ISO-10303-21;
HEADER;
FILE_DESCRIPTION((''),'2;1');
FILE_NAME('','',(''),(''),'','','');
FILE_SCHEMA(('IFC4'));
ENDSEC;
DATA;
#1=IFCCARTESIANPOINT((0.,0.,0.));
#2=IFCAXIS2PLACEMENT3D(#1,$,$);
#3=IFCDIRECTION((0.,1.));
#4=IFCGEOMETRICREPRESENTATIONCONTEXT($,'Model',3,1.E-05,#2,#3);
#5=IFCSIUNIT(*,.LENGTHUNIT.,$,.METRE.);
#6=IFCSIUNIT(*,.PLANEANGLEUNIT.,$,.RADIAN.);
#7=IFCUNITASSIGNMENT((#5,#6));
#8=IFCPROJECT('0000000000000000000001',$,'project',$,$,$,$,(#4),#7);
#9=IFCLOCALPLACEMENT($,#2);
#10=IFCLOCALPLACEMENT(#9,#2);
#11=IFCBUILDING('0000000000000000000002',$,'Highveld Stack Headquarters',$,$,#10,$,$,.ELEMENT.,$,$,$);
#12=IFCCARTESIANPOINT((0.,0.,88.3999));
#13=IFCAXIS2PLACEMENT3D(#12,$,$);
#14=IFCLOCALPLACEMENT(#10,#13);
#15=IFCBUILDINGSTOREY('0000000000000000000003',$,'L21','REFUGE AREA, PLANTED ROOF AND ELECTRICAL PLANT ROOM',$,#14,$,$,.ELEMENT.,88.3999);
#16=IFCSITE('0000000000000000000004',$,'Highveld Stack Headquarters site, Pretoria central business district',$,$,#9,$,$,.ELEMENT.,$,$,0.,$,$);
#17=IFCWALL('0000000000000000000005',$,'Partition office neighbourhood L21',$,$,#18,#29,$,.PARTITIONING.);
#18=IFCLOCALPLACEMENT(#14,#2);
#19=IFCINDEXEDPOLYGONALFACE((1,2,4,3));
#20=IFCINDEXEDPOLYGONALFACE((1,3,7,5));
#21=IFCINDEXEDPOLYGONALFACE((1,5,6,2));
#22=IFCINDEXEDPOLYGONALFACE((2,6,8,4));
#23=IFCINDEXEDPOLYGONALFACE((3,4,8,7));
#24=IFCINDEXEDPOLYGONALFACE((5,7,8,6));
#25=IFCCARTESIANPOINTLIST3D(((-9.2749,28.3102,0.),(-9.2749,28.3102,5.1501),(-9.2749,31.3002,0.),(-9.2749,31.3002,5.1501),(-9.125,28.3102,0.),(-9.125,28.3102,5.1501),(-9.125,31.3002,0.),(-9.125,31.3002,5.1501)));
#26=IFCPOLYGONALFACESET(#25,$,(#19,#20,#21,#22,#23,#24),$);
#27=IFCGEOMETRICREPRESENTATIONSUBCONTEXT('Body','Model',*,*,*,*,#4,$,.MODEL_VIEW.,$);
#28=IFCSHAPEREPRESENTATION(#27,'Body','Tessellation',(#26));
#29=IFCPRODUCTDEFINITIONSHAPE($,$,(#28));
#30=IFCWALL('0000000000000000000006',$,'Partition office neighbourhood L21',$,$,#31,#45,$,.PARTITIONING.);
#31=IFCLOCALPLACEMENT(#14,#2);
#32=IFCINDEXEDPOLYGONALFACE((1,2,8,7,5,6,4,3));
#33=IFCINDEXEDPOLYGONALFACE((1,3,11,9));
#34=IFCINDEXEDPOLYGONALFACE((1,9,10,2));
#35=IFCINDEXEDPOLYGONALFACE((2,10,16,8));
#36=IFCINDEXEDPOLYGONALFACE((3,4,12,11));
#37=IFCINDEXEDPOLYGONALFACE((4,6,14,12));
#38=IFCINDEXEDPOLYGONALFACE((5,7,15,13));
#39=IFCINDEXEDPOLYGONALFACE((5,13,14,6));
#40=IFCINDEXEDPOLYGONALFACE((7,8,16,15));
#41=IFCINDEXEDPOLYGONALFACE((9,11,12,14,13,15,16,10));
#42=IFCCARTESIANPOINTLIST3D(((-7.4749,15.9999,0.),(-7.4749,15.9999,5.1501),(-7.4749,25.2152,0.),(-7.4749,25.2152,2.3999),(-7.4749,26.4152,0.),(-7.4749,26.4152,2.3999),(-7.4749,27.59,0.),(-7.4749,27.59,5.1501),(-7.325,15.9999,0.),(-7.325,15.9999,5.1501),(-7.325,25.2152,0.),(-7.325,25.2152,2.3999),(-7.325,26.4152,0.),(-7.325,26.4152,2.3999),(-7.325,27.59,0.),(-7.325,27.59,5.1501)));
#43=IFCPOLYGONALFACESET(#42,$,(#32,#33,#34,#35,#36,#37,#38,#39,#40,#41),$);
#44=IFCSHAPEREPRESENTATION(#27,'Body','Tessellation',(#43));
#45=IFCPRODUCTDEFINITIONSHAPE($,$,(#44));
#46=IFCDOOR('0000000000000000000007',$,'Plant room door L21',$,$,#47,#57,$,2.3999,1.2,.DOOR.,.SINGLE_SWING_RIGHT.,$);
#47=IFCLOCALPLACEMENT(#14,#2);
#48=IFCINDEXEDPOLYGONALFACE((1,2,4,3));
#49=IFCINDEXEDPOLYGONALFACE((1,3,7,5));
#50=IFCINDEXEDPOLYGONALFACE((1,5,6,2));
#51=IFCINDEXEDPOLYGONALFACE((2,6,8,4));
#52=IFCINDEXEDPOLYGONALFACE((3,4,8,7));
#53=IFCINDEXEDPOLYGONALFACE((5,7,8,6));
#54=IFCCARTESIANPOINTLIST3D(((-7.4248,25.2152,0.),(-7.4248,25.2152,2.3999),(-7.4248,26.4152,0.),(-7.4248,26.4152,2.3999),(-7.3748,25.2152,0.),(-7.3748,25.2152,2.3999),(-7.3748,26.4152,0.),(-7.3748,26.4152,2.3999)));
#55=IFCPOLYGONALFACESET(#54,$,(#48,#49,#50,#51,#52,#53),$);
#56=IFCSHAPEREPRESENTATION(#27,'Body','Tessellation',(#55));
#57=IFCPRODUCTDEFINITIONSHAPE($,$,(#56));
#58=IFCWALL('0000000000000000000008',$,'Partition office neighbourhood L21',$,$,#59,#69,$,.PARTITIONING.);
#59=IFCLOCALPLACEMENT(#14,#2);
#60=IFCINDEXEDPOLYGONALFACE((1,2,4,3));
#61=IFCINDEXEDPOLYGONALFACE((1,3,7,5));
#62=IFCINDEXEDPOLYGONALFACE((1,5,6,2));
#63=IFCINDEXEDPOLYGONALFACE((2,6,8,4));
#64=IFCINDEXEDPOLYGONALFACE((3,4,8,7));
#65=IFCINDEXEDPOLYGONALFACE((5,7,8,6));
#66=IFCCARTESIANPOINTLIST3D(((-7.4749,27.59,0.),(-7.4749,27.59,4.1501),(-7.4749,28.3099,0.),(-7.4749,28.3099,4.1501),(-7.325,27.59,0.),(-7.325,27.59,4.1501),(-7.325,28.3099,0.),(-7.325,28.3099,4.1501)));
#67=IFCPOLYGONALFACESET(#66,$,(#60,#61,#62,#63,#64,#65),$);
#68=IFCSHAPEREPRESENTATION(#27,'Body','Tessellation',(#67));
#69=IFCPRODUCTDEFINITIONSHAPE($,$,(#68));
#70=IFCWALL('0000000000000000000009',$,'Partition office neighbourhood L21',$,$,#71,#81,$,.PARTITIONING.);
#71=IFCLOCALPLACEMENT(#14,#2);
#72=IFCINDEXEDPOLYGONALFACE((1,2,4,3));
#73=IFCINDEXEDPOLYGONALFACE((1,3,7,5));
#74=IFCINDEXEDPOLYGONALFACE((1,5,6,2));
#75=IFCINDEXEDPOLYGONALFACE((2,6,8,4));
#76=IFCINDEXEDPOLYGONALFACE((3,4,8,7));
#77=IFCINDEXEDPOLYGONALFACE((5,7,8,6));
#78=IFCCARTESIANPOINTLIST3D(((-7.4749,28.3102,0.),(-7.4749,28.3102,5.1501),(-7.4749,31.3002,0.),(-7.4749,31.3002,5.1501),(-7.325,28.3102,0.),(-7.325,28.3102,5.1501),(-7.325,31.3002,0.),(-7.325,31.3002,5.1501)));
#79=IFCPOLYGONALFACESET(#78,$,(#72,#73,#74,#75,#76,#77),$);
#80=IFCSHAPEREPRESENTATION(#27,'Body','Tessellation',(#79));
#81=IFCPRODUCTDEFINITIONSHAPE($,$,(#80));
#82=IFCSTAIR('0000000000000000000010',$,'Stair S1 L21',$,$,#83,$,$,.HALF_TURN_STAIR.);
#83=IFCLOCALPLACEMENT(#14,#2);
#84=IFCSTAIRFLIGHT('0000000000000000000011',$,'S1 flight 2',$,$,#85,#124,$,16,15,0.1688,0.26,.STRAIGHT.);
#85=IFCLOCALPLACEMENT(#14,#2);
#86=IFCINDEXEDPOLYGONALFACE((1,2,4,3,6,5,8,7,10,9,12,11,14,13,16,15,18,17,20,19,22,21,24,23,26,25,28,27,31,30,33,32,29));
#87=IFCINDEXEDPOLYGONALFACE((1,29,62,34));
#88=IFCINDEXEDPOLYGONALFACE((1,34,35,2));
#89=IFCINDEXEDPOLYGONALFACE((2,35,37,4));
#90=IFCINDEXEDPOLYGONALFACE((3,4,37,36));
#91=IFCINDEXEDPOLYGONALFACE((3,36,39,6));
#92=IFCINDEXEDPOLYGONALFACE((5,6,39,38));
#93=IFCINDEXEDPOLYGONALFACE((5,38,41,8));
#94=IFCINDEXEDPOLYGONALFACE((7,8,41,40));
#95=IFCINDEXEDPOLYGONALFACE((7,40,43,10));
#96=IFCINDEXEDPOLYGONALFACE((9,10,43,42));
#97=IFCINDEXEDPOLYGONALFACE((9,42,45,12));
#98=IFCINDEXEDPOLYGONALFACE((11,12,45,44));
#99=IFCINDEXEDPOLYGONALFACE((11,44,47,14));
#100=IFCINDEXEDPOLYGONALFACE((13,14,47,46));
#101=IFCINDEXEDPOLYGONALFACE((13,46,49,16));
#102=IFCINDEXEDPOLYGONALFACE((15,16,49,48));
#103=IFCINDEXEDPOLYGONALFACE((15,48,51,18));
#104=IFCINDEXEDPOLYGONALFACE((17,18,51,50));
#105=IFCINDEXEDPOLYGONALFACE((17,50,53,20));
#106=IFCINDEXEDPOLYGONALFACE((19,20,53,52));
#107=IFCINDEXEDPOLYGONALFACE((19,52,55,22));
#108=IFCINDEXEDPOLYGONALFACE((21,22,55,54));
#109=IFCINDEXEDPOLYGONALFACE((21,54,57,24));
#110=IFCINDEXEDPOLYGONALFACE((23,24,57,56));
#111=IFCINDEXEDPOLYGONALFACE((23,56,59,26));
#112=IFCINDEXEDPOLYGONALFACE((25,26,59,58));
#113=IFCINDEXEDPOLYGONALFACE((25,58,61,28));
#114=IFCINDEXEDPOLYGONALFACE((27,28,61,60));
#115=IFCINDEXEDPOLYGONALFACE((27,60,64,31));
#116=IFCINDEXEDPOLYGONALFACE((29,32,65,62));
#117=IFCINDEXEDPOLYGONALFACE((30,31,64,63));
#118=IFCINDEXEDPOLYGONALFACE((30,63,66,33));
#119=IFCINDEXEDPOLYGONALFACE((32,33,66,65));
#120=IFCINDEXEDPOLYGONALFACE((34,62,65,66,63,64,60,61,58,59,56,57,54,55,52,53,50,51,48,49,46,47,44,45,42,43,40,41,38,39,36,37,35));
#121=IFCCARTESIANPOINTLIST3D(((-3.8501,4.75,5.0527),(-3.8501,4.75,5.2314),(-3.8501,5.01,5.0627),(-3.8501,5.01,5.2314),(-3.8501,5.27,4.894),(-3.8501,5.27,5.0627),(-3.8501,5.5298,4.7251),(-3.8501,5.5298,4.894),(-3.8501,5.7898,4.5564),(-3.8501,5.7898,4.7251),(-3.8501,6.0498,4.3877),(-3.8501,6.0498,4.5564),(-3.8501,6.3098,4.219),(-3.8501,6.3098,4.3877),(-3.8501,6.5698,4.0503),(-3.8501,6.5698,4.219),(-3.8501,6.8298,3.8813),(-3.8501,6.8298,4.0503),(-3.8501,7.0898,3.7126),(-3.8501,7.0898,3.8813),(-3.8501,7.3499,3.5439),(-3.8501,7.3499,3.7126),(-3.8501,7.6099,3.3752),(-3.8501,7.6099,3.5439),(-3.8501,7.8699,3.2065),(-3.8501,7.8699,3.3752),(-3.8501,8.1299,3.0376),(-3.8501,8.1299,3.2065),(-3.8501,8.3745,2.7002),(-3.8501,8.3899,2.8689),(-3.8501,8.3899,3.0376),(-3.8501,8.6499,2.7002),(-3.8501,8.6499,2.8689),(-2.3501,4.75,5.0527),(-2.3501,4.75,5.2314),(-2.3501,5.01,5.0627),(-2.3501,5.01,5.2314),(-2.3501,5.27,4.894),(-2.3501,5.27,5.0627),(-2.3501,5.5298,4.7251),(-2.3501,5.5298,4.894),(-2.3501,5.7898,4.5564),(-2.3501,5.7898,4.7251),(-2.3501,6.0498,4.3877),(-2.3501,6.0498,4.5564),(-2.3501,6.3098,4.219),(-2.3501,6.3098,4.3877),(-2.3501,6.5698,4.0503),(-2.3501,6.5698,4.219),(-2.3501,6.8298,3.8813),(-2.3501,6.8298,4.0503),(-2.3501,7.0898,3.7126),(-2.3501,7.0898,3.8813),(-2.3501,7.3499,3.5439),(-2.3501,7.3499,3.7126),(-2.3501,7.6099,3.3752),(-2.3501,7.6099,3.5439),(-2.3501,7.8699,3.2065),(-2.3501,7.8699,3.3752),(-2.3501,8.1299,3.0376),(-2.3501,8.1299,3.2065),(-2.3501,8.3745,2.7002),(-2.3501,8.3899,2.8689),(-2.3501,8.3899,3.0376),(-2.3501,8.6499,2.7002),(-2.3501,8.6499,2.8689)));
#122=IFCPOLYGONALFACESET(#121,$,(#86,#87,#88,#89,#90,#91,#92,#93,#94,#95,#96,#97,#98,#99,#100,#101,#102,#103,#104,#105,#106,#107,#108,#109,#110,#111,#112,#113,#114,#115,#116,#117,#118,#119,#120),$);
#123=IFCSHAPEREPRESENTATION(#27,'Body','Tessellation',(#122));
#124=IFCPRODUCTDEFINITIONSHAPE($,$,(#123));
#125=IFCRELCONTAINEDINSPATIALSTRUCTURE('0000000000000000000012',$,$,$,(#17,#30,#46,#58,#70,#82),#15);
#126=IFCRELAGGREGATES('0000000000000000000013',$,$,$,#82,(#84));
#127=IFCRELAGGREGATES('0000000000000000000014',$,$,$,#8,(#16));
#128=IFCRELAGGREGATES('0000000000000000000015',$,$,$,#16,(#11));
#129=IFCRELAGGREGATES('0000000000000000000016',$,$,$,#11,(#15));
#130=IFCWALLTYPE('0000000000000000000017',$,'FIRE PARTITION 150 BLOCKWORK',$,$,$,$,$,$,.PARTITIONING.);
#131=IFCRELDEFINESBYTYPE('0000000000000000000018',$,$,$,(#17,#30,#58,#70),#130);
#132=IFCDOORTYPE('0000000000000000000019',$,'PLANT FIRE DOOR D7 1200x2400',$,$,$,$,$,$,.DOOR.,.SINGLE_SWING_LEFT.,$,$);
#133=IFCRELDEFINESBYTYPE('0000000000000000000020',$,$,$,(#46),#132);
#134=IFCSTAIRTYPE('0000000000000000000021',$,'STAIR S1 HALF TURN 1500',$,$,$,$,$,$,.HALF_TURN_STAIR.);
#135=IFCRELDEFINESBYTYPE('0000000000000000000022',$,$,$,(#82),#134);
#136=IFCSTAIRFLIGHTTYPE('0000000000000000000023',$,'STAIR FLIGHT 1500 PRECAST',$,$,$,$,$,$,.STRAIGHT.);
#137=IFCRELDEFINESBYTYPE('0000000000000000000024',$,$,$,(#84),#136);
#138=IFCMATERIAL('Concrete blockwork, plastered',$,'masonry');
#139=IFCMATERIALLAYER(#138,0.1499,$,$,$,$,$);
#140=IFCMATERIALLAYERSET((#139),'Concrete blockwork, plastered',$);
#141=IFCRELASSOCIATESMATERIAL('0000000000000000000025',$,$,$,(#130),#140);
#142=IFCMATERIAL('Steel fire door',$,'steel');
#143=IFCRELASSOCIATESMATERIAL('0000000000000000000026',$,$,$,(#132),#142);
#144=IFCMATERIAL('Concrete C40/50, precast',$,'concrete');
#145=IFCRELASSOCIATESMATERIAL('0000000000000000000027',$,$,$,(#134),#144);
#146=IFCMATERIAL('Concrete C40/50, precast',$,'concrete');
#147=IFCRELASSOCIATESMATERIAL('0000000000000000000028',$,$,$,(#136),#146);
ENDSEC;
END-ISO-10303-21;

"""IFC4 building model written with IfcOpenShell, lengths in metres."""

from ifc_helpers import new_model, si_unit, direction, frame, frame_2d, origin, place, context, subcontext, project, spatial, polyline, rectangle, outline, extrude, material, layer, layer_set, type_object, element, fill, aggregate, save


model = new_model("IFC4")

# Units and contexts
model_context = context("Model", 3, precision=1e-05, world=origin(), true_north=direction((0.0, 1.0)))
body_context = subcontext(model_context, "Body", "Model", "MODEL_VIEW")
ifc_project = project(units=[si_unit("LENGTHUNIT", "METRE"), si_unit("PLANEANGLEUNIT", "RADIAN")], contexts=[model_context])

# Site, building, storey
site_placement = place(None, origin())
site = spatial("IfcSite", under=ifc_project, at=site_placement, Name="Highveld Stack Headquarters site, Pretoria central business district", CompositionType="ELEMENT", RefElevation=0.0)
building_placement = place(site_placement, origin())
building = spatial("IfcBuilding", under=site, at=building_placement, Name="Highveld Stack Headquarters", CompositionType="ELEMENT")
storey_placement = place(building_placement, frame((0.0, 0.0, 88.3999)))
storey = spatial("IfcBuildingStorey", under=building, at=storey_placement, Name="L21", Description="REFUGE AREA, PLANTED ROOF AND ELECTRICAL PLANT ROOM", CompositionType="ELEMENT", Elevation=88.3999)

# Shared definitions
ifc_material_1 = material(Name="Concrete blockwork, plastered", Category="masonry")
ifc_layer_1 = layer(ifc_material_1, 0.1499)
ifc_layer_set_1 = layer_set([ifc_layer_1], Name="Concrete blockwork, plastered")
wall_type_1 = type_object("IfcWallType", Name="FIRE PARTITION 150 BLOCKWORK", PredefinedType="PARTITIONING", material=ifc_layer_set_1)
ifc_material_2 = material(Name="Steel fire door", Category="steel")
door_type = type_object("IfcDoorType", Name="PLANT FIRE DOOR D7 1200x2400", OperationType="SINGLE_SWING_LEFT", PredefinedType="DOOR", material=ifc_material_2)

# Wall
wall_1_placement = place(storey_placement, frame((-9.2, 28.3101, 0.0), z_axis=(0.0, 0.0, 1.0), x_axis=(0.0, 1.0, 0.0)))
element("IfcWall", 1, at=wall_1_placement, inside=storey, type_object=wall_type_1, Name="Partition office neighbourhood L21", PredefinedType="PARTITIONING", context=body_context, shape_type="SweptSolid", body=[
    extrude(rectangle(XDim=2.99, YDim=0.1499, at=frame_2d((1.4951, 0.0))), origin(), (0.0, 0.0, 1.0), 5.1501),
])

# Wall, opening, door
wall_2_placement = place(storey_placement, frame((-7.3999, 16.0, 0.0), z_axis=(0.0, 0.0, 1.0), x_axis=(0.0, 1.0, 0.0)))
wall_2 = element("IfcWall", 2, at=wall_2_placement, inside=storey, type_object=wall_type_1, Name="Partition office neighbourhood L21", PredefinedType="PARTITIONING", context=body_context, shape_type="SweptSolid", body=[
    extrude(rectangle(XDim=11.5901, YDim=0.1499, at=frame_2d((5.7949, 0.0))), origin(), (0.0, 0.0, 1.0), 5.1501),
])
opening_1_placement = place(wall_2_placement, frame((9.2151, 0.0, 0.0)))
opening_1 = element("IfcOpeningElement", 3, at=opening_1_placement, cuts=wall_2, PredefinedType="OPENING", context=body_context, shape_type="SweptSolid", body=[
    extrude(rectangle(XDim=1.2, YDim=2.3999, at=frame_2d((0.6001, 1.2))), frame((0.0, 0.085, 0.0), z_axis=(0.0, -1.0, 0.0), x_axis=(1.0, 0.0, 0.0)), (0.0, 0.0, 1.0), 0.1699),
])
door_1_placement = place(opening_1_placement, origin())
door_1 = element("IfcDoor", 4, at=door_1_placement, inside=storey, type_object=door_type, Name="Plant room door L21", OperationType="SINGLE_SWING_RIGHT", OverallHeight=2.3999, OverallWidth=1.2, PredefinedType="DOOR", context=body_context, shape_type="SweptSolid", body=[
    extrude(rectangle(XDim=1.2, YDim=2.3999, at=frame_2d((0.6001, 1.2))), frame((0.0, 0.0249, 0.0), z_axis=(0.0, -1.0, 0.0), x_axis=(1.0, 0.0, 0.0)), (0.0, 0.0, 1.0), 0.05),
])
fill(opening_1, door_1)

# Walls
wall_3_placement = place(storey_placement, frame((-7.3999, 27.5901, 0.0), z_axis=(0.0, 0.0, 1.0), x_axis=(0.0, 1.0, 0.0)))
element("IfcWall", 5, at=wall_3_placement, inside=storey, type_object=wall_type_1, Name="Partition office neighbourhood L21", PredefinedType="PARTITIONING", context=body_context, shape_type="SweptSolid", body=[
    extrude(rectangle(XDim=0.72, YDim=0.1499, at=frame_2d((0.3599, 0.0))), origin(), (0.0, 0.0, 1.0), 4.1501),
])
wall_4_placement = place(storey_placement, frame((-7.3999, 28.3101, 0.0), z_axis=(0.0, 0.0, 1.0), x_axis=(0.0, 1.0, 0.0)))
element("IfcWall", 6, at=wall_4_placement, inside=storey, type_object=wall_type_1, Name="Partition office neighbourhood L21", PredefinedType="PARTITIONING", context=body_context, shape_type="SweptSolid", body=[
    extrude(rectangle(XDim=2.99, YDim=0.1499, at=frame_2d((1.4951, 0.0))), origin(), (0.0, 0.0, 1.0), 5.1501),
])

# Stair, stair flight
ifc_material_3 = material(Name="Concrete C40/50, precast", Category="concrete")
stair_type = type_object("IfcStairType", Name="STAIR S1 HALF TURN 1500", PredefinedType="HALF_TURN_STAIR", material=ifc_material_3)
stair_placement = place(storey_placement, origin())
stair = element("IfcStair", 7, at=stair_placement, inside=storey, type_object=stair_type, Name="Stair S1 L21", PredefinedType="HALF_TURN_STAIR")
ifc_material_4 = material(Name="Concrete C40/50, precast", Category="concrete")
stair_flight_type = type_object("IfcStairFlightType", Name="STAIR FLIGHT 1500 PRECAST", PredefinedType="STRAIGHT", material=ifc_material_4)
stair_flight_placement = place(storey_placement, frame((-3.1001, 8.6499, 2.7002), z_axis=(0.0, 0.0, 1.0), x_axis=(0.0, -1.0, 0.0)))
stair_flight = element("IfcStairFlight", 8, at=stair_flight_placement, type_object=stair_flight_type, Name="S1 flight 2", NumberOfRisers=16, NumberOfTreads=15, PredefinedType="STRAIGHT", RiserHeight=0.1688, TreadLength=0.26, context=body_context, shape_type="SweptSolid", body=[
    extrude(outline(polyline([(0.0, 0.0), (0.0, 0.1687), (0.26, 0.1687), (0.26, 0.3374), (0.52, 0.3374), (0.52, 0.5063), (0.78, 0.5063), (0.78, 0.675), (1.04, 0.675), (1.04, 0.8438), (1.3, 0.8438), (1.3, 1.0125), (1.5601, 1.0125), (1.5601, 1.1812), (1.8201, 1.1812), (1.8201, 1.3501), (2.0801, 1.3501), (2.0801, 1.5188), (2.3401, 1.5188), (2.3401, 1.6875), (2.6001, 1.6875), (2.6001, 1.8562), (2.8601, 1.8562), (2.8601, 2.0249), (3.1201, 2.0249), (3.1201, 2.1938), (3.3799, 2.1938), (3.3799, 2.3625), (3.6399, 2.3625), (3.6399, 2.5312), (3.8999, 2.5312), (3.8999, 2.7), (3.8999, 2.3525), (0.2754, 0.0), (0.0, 0.0)])), frame((0.0, 0.75, 0.0), z_axis=(0.0, -1.0, 0.0), x_axis=(1.0, 0.0, 0.0)), (0.0, 0.0, 1.0), 1.5),
])
aggregate(stair, [stair_flight])

save(model, "model.ifc")
